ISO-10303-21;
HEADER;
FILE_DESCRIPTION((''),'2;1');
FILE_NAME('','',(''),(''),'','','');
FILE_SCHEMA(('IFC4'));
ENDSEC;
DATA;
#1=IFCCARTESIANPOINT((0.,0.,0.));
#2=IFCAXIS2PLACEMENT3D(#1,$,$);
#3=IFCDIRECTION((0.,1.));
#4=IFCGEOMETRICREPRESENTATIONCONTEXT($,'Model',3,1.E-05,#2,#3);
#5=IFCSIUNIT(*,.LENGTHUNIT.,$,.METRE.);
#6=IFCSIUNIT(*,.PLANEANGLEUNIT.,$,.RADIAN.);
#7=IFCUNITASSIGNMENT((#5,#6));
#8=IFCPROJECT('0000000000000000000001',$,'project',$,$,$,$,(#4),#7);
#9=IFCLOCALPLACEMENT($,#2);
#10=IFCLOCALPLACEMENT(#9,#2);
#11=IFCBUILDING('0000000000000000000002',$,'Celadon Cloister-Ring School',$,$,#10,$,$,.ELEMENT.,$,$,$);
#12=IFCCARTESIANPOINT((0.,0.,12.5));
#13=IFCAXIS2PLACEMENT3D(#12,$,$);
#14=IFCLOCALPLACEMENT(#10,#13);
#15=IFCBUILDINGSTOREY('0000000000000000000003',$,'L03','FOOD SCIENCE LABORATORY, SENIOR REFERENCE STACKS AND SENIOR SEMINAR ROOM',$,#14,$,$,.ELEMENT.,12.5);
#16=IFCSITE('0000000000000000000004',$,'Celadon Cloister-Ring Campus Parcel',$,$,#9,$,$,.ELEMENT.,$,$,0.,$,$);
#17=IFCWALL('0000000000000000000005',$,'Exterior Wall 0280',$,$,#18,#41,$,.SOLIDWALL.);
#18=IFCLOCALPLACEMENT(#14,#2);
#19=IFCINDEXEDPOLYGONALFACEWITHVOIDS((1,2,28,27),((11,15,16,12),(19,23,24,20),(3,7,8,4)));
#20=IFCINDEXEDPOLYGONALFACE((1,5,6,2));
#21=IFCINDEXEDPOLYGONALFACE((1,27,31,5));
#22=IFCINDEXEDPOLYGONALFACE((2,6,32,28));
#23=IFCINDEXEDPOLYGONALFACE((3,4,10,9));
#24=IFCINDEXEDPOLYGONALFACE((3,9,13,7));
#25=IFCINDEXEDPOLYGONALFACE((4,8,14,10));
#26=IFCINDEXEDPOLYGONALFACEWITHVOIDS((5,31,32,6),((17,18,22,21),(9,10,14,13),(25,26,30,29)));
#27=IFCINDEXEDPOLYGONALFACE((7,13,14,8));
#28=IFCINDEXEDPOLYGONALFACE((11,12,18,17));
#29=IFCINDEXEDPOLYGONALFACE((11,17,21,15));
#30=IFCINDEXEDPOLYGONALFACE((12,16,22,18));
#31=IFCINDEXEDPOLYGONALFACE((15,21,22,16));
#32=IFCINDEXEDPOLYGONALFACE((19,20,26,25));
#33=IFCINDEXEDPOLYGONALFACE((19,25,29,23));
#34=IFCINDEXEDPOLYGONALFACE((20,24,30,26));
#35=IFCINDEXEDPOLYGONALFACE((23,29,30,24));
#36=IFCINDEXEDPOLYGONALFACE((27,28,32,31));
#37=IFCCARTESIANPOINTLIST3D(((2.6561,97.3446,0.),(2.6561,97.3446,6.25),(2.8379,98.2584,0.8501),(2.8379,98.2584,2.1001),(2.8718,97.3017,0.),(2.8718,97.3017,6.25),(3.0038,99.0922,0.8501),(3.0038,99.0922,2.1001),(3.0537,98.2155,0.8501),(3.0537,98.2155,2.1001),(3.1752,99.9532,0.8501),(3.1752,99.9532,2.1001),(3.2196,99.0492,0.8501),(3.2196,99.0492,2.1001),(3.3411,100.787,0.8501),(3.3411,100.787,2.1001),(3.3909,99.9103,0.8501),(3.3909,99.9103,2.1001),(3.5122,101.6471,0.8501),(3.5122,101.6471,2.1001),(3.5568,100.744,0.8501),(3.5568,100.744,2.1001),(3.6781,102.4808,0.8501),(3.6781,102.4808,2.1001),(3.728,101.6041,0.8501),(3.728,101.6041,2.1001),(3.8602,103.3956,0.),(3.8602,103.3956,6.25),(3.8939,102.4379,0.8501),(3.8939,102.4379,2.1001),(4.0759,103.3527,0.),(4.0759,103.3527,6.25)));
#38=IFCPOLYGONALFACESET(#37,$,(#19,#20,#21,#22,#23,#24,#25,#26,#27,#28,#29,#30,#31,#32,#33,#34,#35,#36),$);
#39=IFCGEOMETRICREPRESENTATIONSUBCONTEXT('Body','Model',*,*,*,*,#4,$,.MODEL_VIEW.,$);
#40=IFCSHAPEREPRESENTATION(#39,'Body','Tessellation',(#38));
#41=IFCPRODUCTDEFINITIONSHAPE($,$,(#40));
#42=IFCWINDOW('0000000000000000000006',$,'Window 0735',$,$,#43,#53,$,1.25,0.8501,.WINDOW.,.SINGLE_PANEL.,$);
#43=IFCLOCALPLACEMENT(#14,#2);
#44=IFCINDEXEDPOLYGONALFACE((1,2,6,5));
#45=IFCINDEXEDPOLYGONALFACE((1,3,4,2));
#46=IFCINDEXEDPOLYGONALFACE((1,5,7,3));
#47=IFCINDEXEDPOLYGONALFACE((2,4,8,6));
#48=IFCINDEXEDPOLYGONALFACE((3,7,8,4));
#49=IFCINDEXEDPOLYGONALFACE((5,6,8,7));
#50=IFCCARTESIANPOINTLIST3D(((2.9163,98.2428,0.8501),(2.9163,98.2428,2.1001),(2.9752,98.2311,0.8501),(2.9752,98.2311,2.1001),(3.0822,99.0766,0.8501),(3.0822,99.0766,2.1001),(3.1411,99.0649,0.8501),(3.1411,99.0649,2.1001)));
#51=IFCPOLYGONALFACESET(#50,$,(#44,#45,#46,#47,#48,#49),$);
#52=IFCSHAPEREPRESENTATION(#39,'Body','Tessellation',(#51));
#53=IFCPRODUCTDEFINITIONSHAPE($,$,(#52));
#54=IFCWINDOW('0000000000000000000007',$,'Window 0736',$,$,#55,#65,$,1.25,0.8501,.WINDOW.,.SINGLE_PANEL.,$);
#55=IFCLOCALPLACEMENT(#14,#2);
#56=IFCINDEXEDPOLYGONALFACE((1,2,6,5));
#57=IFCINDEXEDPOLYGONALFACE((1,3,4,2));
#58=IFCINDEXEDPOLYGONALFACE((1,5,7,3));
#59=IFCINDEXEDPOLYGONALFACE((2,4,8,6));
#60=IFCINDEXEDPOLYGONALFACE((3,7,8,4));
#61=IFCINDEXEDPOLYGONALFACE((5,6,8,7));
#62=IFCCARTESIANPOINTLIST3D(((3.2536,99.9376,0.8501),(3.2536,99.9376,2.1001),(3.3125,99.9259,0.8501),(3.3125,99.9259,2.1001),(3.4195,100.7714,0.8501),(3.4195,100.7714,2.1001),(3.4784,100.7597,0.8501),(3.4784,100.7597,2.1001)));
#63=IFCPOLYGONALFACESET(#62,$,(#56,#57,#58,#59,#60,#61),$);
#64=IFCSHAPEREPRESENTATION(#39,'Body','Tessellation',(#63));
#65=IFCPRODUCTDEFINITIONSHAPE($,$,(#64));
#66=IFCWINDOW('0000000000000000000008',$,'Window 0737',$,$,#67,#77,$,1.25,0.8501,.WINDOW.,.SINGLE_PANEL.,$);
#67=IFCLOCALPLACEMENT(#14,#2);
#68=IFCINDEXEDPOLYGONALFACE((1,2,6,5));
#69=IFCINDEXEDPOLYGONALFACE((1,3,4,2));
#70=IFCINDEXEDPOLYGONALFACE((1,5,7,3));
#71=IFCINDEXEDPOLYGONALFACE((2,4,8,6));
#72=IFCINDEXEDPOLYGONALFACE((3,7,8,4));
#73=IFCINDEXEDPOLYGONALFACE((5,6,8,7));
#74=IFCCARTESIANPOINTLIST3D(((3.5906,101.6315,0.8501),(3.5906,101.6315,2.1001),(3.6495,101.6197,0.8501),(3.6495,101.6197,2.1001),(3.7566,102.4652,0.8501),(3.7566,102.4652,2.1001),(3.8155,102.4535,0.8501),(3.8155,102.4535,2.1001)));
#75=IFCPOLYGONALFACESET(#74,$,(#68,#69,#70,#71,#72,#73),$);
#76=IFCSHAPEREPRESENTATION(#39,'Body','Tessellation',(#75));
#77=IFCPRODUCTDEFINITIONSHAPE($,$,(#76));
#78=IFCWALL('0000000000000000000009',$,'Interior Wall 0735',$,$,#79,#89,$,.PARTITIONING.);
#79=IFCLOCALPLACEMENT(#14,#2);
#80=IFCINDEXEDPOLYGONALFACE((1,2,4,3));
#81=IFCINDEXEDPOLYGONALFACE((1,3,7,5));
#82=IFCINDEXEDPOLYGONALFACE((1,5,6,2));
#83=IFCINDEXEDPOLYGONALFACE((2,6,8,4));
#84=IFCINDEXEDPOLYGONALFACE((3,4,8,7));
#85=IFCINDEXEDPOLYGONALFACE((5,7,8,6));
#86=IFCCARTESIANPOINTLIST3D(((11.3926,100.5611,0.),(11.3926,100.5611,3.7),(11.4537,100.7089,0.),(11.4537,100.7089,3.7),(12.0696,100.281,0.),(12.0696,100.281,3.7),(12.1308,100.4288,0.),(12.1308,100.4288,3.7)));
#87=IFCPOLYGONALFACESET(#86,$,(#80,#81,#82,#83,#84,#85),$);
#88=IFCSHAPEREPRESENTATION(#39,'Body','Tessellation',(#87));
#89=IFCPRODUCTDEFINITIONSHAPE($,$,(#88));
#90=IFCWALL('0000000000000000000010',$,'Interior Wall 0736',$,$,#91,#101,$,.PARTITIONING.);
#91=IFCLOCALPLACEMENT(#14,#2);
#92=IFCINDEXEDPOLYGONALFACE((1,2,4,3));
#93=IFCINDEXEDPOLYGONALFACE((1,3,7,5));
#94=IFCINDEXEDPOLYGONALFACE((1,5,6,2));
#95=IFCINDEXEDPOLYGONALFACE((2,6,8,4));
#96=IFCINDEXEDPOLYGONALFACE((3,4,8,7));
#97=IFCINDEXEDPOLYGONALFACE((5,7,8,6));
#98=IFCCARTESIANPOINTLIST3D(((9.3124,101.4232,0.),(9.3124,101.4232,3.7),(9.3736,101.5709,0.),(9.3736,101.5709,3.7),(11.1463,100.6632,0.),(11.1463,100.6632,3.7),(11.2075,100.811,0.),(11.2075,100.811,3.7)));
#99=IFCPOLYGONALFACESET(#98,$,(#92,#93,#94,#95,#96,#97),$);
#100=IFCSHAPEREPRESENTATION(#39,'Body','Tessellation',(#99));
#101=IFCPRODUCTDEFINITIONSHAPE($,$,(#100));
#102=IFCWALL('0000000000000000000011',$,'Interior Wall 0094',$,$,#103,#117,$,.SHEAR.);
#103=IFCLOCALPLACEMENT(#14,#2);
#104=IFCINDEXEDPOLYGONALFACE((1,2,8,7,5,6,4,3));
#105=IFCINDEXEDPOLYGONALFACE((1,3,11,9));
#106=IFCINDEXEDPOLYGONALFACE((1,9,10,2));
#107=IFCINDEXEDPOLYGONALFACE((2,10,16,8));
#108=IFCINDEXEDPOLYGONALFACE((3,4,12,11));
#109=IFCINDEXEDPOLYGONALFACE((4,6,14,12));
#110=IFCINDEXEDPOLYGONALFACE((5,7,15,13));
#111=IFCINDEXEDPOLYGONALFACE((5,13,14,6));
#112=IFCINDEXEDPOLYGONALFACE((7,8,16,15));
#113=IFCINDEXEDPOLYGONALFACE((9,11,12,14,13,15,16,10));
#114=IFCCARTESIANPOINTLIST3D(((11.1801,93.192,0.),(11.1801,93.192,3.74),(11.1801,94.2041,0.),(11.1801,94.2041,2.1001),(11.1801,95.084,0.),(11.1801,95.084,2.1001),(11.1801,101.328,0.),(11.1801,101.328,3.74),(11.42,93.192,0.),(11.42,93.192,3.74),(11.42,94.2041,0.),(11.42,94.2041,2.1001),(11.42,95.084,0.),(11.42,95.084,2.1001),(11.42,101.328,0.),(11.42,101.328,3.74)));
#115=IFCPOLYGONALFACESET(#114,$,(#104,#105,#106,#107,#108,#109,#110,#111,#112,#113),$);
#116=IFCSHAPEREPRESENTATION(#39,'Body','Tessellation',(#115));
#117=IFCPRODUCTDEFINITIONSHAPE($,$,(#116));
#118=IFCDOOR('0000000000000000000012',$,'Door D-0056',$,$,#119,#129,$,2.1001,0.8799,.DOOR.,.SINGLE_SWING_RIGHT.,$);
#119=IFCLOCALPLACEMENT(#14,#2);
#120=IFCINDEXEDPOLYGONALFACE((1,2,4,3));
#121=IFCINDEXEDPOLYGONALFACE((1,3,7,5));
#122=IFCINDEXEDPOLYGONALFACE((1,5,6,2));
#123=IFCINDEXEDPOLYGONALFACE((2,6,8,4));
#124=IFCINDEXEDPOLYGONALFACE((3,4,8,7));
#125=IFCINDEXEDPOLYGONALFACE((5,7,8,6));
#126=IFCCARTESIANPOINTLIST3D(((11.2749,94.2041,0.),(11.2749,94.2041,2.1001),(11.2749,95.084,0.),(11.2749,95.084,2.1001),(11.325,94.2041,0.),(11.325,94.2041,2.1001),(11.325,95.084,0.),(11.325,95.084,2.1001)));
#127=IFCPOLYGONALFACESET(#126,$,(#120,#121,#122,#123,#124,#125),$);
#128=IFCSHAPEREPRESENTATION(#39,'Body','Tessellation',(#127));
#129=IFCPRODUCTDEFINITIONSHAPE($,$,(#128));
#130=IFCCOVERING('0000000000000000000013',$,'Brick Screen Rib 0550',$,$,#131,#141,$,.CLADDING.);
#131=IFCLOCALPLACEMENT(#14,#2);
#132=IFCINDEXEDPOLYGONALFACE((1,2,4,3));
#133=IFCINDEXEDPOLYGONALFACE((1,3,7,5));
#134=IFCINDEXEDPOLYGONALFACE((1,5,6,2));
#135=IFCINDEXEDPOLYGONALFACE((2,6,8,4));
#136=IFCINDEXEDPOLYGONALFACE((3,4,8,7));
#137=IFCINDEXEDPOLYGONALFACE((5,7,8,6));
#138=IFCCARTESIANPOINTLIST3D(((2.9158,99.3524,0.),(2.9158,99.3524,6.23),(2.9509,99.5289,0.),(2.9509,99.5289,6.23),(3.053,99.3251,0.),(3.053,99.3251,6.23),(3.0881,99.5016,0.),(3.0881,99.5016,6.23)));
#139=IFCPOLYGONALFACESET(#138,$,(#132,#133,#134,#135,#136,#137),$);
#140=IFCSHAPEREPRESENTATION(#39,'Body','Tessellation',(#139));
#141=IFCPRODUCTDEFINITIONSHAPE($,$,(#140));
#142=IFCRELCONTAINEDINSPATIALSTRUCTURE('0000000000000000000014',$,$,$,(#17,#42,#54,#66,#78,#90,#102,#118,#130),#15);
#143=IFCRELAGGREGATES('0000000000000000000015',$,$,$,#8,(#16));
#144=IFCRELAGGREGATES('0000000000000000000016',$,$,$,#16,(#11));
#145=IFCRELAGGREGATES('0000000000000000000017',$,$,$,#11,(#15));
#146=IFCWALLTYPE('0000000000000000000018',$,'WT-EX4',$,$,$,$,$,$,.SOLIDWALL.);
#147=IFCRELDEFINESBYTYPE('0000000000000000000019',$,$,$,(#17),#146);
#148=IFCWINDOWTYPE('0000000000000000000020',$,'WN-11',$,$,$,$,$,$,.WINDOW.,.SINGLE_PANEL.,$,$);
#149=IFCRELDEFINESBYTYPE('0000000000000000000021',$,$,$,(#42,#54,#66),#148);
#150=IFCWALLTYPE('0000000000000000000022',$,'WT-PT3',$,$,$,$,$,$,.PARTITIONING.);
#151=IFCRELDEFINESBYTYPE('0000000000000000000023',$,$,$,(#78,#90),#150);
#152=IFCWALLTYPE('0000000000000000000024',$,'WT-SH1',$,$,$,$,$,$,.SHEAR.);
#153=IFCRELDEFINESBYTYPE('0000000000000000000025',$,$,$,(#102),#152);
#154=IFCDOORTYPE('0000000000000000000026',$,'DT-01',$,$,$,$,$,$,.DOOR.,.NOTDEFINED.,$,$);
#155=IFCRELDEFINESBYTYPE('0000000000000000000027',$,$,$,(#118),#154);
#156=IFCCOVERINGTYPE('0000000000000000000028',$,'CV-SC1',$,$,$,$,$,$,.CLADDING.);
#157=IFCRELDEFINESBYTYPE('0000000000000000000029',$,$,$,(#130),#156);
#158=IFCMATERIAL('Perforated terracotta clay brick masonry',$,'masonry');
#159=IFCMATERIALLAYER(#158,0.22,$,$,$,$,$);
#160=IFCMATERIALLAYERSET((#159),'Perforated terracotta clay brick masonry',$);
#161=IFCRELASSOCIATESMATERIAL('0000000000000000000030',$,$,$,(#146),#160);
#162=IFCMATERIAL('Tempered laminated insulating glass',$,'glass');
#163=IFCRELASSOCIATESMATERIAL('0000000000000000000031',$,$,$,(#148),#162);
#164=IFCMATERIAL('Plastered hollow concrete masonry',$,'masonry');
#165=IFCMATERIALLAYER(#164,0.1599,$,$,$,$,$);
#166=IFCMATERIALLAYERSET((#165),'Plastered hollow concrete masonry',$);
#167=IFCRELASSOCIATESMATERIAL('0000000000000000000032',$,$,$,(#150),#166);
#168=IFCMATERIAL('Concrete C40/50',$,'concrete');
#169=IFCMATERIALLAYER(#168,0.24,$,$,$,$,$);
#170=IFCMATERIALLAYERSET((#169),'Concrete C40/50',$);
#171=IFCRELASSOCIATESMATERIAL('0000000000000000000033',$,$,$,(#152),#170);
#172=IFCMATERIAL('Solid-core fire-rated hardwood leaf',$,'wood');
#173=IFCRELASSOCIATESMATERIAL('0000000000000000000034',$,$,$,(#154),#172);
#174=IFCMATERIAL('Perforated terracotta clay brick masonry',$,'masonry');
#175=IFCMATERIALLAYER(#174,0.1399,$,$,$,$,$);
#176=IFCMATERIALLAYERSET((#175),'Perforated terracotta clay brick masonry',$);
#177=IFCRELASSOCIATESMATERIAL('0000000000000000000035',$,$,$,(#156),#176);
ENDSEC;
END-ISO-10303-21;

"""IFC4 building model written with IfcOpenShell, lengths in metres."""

from ifc_helpers import new_model, si_unit, direction, frame, frame_2d, origin, origin_2d, place, context, subcontext, project, spatial, rectangle, extrude, material, layer, layer_set, type_object, element, fill, save


model = new_model("IFC4")

# Units and contexts
model_context = context("Model", 3, precision=1e-05, world=origin(), true_north=direction((0.0, 1.0)))
body_context = subcontext(model_context, "Body", "Model", "MODEL_VIEW")
ifc_project = project(units=[si_unit("LENGTHUNIT", "METRE"), si_unit("PLANEANGLEUNIT", "RADIAN")], contexts=[model_context])

# Site, building, storey
site_placement = place(None, origin())
site = spatial("IfcSite", under=ifc_project, at=site_placement, Name="Celadon Cloister-Ring Campus Parcel", CompositionType="ELEMENT", RefElevation=0.0)
building_placement = place(site_placement, origin())
building = spatial("IfcBuilding", under=site, at=building_placement, Name="Celadon Cloister-Ring School", CompositionType="ELEMENT")
storey_placement = place(building_placement, frame((0.0, 0.0, 12.5)))
storey = spatial("IfcBuildingStorey", under=building, at=storey_placement, Name="L03", Description="FOOD SCIENCE LABORATORY, SENIOR REFERENCE STACKS AND SENIOR SEMINAR ROOM", CompositionType="ELEMENT", Elevation=12.5)

# Wall, openings, windows
ifc_material_1 = material(Name="Perforated terracotta clay brick masonry", Category="masonry")
ifc_layer_1 = layer(ifc_material_1, 0.22)
ifc_layer_set_1 = layer_set([ifc_layer_1], Name="Perforated terracotta clay brick masonry")
wall_type_1 = type_object("IfcWallType", Name="WT-EX4", PredefinedType="SOLIDWALL", material=ifc_layer_set_1)
wall_1_placement = place(storey_placement, frame((2.7639, 97.323, 0.0), z_axis=(0.0, 0.0, 1.0), x_axis=(0.195165, 0.98077, 0.0)))
wall_1 = element("IfcWall", 1, at=wall_1_placement, inside=storey, type_object=wall_type_1, Name="Exterior Wall 0280", PredefinedType="SOLIDWALL", context=body_context, shape_type="SweptSolid", body=[
    extrude(rectangle(XDim=6.1697, YDim=0.22, at=frame_2d((3.085, 0.0))), origin(), (0.0, 0.0, 1.0), 6.25),
])
opening_1_placement = place(wall_1_placement, frame((0.9319, 0.0, 0.8501)))
opening_1 = element("IfcOpeningElement", 2, at=opening_1_placement, cuts=wall_1, PredefinedType="OPENING", context=body_context, shape_type="SweptSolid", body=[
    extrude(rectangle(XDim=0.8501, YDim=1.25, at=frame_2d((0.425, 0.625))), frame((0.0, 0.1201, 0.0), z_axis=(0.0, -1.0, 0.0), x_axis=(1.0, 0.0, 0.0)), (0.0, 0.0, 1.0), 0.24),
])
opening_2_placement = place(wall_1_placement, frame((2.6599, 0.0, 0.8501)))
opening_2 = element("IfcOpeningElement", 3, at=opening_2_placement, cuts=wall_1, PredefinedType="OPENING", context=body_context, shape_type="SweptSolid", body=[
    extrude(rectangle(XDim=0.8501, YDim=1.25, at=frame_2d((0.425, 0.625))), frame((0.0, 0.1201, 0.0), z_axis=(0.0, -1.0, 0.0), x_axis=(1.0, 0.0, 0.0)), (0.0, 0.0, 1.0), 0.24),
])
opening_3_placement = place(wall_1_placement, frame((4.387, 0.0, 0.8501)))
opening_3 = element("IfcOpeningElement", 4, at=opening_3_placement, cuts=wall_1, PredefinedType="OPENING", context=body_context, shape_type="SweptSolid", body=[
    extrude(rectangle(XDim=0.8501, YDim=1.25, at=frame_2d((0.425, 0.625))), frame((0.0, 0.1201, 0.0), z_axis=(0.0, -1.0, 0.0), x_axis=(1.0, 0.0, 0.0)), (0.0, 0.0, 1.0), 0.24),
])
ifc_material_2 = material(Name="Tempered laminated insulating glass", Category="glass")
window_type = type_object("IfcWindowType", Name="WN-11", PartitioningType="SINGLE_PANEL", PredefinedType="WINDOW", material=ifc_material_2)
window_1_placement = place(opening_1_placement, origin())
window_1 = element("IfcWindow", 5, at=window_1_placement, inside=storey, type_object=window_type, Name="Window 0735", OverallHeight=1.25, OverallWidth=0.8501, PartitioningType="SINGLE_PANEL", PredefinedType="WINDOW", context=body_context, shape_type="SweptSolid", body=[
    extrude(rectangle(XDim=0.8501, YDim=1.25, at=frame_2d((0.425, 0.625))), frame((0.0, 0.03, 0.0), z_axis=(0.0, -1.0, 0.0), x_axis=(1.0, 0.0, 0.0)), (0.0, 0.0, 1.0), 0.0601),
])
fill(opening_1, window_1)
window_2_placement = place(opening_2_placement, origin())
window_2 = element("IfcWindow", 6, at=window_2_placement, inside=storey, type_object=window_type, Name="Window 0736", OverallHeight=1.25, OverallWidth=0.8501, PartitioningType="SINGLE_PANEL", PredefinedType="WINDOW", context=body_context, shape_type="SweptSolid", body=[
    extrude(rectangle(XDim=0.8501, YDim=1.25, at=frame_2d((0.425, 0.625))), frame((0.0, 0.03, 0.0), z_axis=(0.0, -1.0, 0.0), x_axis=(1.0, 0.0, 0.0)), (0.0, 0.0, 1.0), 0.0601),
])
fill(opening_2, window_2)
window_3_placement = place(opening_3_placement, origin())
window_3 = element("IfcWindow", 7, at=window_3_placement, inside=storey, type_object=window_type, Name="Window 0737", OverallHeight=1.25, OverallWidth=0.8501, PartitioningType="SINGLE_PANEL", PredefinedType="WINDOW", context=body_context, shape_type="SweptSolid", body=[
    extrude(rectangle(XDim=0.8501, YDim=1.25, at=frame_2d((0.425, 0.625))), frame((0.0, 0.03, 0.0), z_axis=(0.0, -1.0, 0.0), x_axis=(1.0, 0.0, 0.0)), (0.0, 0.0, 1.0), 0.0601),
])
fill(opening_3, window_3)

# Walls
ifc_material_3 = material(Name="Plastered hollow concrete masonry", Category="masonry")
ifc_layer_2 = layer(ifc_material_3, 0.1599)
ifc_layer_set_2 = layer_set([ifc_layer_2], Name="Plastered hollow concrete masonry")
wall_type_2 = type_object("IfcWallType", Name="WT-PT3", PredefinedType="PARTITIONING", material=ifc_layer_set_2)
wall_2_placement = place(storey_placement, frame((12.1001, 100.355, 0.0), z_axis=(0.0, 0.0, 1.0), x_axis=(-0.92407, 0.382224, 0.0)))
element("IfcWall", 8, at=wall_2_placement, inside=storey, type_object=wall_type_2, Name="Interior Wall 0735", PredefinedType="PARTITIONING", context=body_context, shape_type="SweptSolid", body=[
    extrude(rectangle(XDim=0.7327, YDim=0.1599, at=frame_2d((0.3662, 0.0))), origin(), (0.0, 0.0, 1.0), 3.7),
])
wall_3_placement = place(storey_placement, frame((11.177, 100.7371, 0.0), z_axis=(0.0, 0.0, 1.0), x_axis=(-0.923817, 0.382833, 0.0)))
element("IfcWall", 9, at=wall_3_placement, inside=storey, type_object=wall_type_2, Name="Interior Wall 0736", PredefinedType="PARTITIONING", context=body_context, shape_type="SweptSolid", body=[
    extrude(rectangle(XDim=1.9851, YDim=0.1599, at=frame_2d((0.9927, 0.0))), origin(), (0.0, 0.0, 1.0), 3.7),
])

# Wall, opening, door
ifc_material_4 = material(Name="Concrete C40/50", Category="concrete")
ifc_layer_3 = layer(ifc_material_4, 0.24)
ifc_layer_set_3 = layer_set([ifc_layer_3], Name="Concrete C40/50")
wall_type_3 = type_object("IfcWallType", Name="WT-SH1", PredefinedType="SHEAR", material=ifc_layer_set_3)
wall_4_placement = place(storey_placement, frame((11.3, 101.3279, 0.0), z_axis=(0.0, 0.0, 1.0), x_axis=(0.0, -1.0, 0.0)))
wall_4 = element("IfcWall", 10, at=wall_4_placement, inside=storey, type_object=wall_type_3, Name="Interior Wall 0094", PredefinedType="SHEAR", context=body_context, shape_type="SweptSolid", body=[
    extrude(rectangle(XDim=8.136, YDim=0.24, at=frame_2d((4.0679, 0.0))), origin(), (0.0, 0.0, 1.0), 3.74),
])
opening_4_placement = place(wall_4_placement, frame((6.2439, 0.0, 0.0)))
opening_4 = element("IfcOpeningElement", 11, at=opening_4_placement, cuts=wall_4, PredefinedType="OPENING", context=body_context, shape_type="SweptSolid", body=[
    extrude(rectangle(XDim=0.8799, YDim=2.1001, at=frame_2d((0.4399, 1.05))), frame((0.0, 0.1299, 0.0), z_axis=(0.0, -1.0, 0.0), x_axis=(1.0, 0.0, 0.0)), (0.0, 0.0, 1.0), 0.26),
])
ifc_material_5 = material(Name="Solid-core fire-rated hardwood leaf", Category="wood")
door_type = type_object("IfcDoorType", Name="DT-01", OperationType="NOTDEFINED", PredefinedType="DOOR", material=ifc_material_5)
door_placement = place(opening_4_placement, origin())
door = element("IfcDoor", 12, at=door_placement, inside=storey, type_object=door_type, Name="Door D-0056", OperationType="SINGLE_SWING_RIGHT", OverallHeight=2.1001, OverallWidth=0.8799, PredefinedType="DOOR", context=body_context, shape_type="SweptSolid", body=[
    extrude(rectangle(XDim=0.8799, YDim=2.1001, at=frame_2d((0.4399, 1.05))), frame((0.0, 0.0249, 0.0), z_axis=(0.0, -1.0, 0.0), x_axis=(1.0, 0.0, 0.0)), (0.0, 0.0, 1.0), 0.05),
])
fill(opening_4, door)

# Covering
ifc_material_6 = material(Name="Perforated terracotta clay brick masonry", Category="masonry")
ifc_layer_4 = layer(ifc_material_6, 0.1399)
ifc_layer_set_4 = layer_set([ifc_layer_4], Name="Perforated terracotta clay brick masonry")
covering_type = type_object("IfcCoveringType", Name="CV-SC1", PredefinedType="CLADDING", material=ifc_layer_set_4)
covering_placement = place(storey_placement, frame((3.002, 99.427, 0.0), z_axis=(0.0, 0.0, 1.0), x_axis=(0.195142, 0.980775, 0.0)))
element("IfcCovering", 13, at=covering_placement, inside=storey, type_object=covering_type, Name="Brick Screen Rib 0550", PredefinedType="CLADDING", context=body_context, shape_type="SweptSolid", body=[
    extrude(rectangle(XDim=0.1799, YDim=0.1399, at=origin_2d()), origin(), (0.0, 0.0, 1.0), 6.23),
])

save(model, "model.ifc")
